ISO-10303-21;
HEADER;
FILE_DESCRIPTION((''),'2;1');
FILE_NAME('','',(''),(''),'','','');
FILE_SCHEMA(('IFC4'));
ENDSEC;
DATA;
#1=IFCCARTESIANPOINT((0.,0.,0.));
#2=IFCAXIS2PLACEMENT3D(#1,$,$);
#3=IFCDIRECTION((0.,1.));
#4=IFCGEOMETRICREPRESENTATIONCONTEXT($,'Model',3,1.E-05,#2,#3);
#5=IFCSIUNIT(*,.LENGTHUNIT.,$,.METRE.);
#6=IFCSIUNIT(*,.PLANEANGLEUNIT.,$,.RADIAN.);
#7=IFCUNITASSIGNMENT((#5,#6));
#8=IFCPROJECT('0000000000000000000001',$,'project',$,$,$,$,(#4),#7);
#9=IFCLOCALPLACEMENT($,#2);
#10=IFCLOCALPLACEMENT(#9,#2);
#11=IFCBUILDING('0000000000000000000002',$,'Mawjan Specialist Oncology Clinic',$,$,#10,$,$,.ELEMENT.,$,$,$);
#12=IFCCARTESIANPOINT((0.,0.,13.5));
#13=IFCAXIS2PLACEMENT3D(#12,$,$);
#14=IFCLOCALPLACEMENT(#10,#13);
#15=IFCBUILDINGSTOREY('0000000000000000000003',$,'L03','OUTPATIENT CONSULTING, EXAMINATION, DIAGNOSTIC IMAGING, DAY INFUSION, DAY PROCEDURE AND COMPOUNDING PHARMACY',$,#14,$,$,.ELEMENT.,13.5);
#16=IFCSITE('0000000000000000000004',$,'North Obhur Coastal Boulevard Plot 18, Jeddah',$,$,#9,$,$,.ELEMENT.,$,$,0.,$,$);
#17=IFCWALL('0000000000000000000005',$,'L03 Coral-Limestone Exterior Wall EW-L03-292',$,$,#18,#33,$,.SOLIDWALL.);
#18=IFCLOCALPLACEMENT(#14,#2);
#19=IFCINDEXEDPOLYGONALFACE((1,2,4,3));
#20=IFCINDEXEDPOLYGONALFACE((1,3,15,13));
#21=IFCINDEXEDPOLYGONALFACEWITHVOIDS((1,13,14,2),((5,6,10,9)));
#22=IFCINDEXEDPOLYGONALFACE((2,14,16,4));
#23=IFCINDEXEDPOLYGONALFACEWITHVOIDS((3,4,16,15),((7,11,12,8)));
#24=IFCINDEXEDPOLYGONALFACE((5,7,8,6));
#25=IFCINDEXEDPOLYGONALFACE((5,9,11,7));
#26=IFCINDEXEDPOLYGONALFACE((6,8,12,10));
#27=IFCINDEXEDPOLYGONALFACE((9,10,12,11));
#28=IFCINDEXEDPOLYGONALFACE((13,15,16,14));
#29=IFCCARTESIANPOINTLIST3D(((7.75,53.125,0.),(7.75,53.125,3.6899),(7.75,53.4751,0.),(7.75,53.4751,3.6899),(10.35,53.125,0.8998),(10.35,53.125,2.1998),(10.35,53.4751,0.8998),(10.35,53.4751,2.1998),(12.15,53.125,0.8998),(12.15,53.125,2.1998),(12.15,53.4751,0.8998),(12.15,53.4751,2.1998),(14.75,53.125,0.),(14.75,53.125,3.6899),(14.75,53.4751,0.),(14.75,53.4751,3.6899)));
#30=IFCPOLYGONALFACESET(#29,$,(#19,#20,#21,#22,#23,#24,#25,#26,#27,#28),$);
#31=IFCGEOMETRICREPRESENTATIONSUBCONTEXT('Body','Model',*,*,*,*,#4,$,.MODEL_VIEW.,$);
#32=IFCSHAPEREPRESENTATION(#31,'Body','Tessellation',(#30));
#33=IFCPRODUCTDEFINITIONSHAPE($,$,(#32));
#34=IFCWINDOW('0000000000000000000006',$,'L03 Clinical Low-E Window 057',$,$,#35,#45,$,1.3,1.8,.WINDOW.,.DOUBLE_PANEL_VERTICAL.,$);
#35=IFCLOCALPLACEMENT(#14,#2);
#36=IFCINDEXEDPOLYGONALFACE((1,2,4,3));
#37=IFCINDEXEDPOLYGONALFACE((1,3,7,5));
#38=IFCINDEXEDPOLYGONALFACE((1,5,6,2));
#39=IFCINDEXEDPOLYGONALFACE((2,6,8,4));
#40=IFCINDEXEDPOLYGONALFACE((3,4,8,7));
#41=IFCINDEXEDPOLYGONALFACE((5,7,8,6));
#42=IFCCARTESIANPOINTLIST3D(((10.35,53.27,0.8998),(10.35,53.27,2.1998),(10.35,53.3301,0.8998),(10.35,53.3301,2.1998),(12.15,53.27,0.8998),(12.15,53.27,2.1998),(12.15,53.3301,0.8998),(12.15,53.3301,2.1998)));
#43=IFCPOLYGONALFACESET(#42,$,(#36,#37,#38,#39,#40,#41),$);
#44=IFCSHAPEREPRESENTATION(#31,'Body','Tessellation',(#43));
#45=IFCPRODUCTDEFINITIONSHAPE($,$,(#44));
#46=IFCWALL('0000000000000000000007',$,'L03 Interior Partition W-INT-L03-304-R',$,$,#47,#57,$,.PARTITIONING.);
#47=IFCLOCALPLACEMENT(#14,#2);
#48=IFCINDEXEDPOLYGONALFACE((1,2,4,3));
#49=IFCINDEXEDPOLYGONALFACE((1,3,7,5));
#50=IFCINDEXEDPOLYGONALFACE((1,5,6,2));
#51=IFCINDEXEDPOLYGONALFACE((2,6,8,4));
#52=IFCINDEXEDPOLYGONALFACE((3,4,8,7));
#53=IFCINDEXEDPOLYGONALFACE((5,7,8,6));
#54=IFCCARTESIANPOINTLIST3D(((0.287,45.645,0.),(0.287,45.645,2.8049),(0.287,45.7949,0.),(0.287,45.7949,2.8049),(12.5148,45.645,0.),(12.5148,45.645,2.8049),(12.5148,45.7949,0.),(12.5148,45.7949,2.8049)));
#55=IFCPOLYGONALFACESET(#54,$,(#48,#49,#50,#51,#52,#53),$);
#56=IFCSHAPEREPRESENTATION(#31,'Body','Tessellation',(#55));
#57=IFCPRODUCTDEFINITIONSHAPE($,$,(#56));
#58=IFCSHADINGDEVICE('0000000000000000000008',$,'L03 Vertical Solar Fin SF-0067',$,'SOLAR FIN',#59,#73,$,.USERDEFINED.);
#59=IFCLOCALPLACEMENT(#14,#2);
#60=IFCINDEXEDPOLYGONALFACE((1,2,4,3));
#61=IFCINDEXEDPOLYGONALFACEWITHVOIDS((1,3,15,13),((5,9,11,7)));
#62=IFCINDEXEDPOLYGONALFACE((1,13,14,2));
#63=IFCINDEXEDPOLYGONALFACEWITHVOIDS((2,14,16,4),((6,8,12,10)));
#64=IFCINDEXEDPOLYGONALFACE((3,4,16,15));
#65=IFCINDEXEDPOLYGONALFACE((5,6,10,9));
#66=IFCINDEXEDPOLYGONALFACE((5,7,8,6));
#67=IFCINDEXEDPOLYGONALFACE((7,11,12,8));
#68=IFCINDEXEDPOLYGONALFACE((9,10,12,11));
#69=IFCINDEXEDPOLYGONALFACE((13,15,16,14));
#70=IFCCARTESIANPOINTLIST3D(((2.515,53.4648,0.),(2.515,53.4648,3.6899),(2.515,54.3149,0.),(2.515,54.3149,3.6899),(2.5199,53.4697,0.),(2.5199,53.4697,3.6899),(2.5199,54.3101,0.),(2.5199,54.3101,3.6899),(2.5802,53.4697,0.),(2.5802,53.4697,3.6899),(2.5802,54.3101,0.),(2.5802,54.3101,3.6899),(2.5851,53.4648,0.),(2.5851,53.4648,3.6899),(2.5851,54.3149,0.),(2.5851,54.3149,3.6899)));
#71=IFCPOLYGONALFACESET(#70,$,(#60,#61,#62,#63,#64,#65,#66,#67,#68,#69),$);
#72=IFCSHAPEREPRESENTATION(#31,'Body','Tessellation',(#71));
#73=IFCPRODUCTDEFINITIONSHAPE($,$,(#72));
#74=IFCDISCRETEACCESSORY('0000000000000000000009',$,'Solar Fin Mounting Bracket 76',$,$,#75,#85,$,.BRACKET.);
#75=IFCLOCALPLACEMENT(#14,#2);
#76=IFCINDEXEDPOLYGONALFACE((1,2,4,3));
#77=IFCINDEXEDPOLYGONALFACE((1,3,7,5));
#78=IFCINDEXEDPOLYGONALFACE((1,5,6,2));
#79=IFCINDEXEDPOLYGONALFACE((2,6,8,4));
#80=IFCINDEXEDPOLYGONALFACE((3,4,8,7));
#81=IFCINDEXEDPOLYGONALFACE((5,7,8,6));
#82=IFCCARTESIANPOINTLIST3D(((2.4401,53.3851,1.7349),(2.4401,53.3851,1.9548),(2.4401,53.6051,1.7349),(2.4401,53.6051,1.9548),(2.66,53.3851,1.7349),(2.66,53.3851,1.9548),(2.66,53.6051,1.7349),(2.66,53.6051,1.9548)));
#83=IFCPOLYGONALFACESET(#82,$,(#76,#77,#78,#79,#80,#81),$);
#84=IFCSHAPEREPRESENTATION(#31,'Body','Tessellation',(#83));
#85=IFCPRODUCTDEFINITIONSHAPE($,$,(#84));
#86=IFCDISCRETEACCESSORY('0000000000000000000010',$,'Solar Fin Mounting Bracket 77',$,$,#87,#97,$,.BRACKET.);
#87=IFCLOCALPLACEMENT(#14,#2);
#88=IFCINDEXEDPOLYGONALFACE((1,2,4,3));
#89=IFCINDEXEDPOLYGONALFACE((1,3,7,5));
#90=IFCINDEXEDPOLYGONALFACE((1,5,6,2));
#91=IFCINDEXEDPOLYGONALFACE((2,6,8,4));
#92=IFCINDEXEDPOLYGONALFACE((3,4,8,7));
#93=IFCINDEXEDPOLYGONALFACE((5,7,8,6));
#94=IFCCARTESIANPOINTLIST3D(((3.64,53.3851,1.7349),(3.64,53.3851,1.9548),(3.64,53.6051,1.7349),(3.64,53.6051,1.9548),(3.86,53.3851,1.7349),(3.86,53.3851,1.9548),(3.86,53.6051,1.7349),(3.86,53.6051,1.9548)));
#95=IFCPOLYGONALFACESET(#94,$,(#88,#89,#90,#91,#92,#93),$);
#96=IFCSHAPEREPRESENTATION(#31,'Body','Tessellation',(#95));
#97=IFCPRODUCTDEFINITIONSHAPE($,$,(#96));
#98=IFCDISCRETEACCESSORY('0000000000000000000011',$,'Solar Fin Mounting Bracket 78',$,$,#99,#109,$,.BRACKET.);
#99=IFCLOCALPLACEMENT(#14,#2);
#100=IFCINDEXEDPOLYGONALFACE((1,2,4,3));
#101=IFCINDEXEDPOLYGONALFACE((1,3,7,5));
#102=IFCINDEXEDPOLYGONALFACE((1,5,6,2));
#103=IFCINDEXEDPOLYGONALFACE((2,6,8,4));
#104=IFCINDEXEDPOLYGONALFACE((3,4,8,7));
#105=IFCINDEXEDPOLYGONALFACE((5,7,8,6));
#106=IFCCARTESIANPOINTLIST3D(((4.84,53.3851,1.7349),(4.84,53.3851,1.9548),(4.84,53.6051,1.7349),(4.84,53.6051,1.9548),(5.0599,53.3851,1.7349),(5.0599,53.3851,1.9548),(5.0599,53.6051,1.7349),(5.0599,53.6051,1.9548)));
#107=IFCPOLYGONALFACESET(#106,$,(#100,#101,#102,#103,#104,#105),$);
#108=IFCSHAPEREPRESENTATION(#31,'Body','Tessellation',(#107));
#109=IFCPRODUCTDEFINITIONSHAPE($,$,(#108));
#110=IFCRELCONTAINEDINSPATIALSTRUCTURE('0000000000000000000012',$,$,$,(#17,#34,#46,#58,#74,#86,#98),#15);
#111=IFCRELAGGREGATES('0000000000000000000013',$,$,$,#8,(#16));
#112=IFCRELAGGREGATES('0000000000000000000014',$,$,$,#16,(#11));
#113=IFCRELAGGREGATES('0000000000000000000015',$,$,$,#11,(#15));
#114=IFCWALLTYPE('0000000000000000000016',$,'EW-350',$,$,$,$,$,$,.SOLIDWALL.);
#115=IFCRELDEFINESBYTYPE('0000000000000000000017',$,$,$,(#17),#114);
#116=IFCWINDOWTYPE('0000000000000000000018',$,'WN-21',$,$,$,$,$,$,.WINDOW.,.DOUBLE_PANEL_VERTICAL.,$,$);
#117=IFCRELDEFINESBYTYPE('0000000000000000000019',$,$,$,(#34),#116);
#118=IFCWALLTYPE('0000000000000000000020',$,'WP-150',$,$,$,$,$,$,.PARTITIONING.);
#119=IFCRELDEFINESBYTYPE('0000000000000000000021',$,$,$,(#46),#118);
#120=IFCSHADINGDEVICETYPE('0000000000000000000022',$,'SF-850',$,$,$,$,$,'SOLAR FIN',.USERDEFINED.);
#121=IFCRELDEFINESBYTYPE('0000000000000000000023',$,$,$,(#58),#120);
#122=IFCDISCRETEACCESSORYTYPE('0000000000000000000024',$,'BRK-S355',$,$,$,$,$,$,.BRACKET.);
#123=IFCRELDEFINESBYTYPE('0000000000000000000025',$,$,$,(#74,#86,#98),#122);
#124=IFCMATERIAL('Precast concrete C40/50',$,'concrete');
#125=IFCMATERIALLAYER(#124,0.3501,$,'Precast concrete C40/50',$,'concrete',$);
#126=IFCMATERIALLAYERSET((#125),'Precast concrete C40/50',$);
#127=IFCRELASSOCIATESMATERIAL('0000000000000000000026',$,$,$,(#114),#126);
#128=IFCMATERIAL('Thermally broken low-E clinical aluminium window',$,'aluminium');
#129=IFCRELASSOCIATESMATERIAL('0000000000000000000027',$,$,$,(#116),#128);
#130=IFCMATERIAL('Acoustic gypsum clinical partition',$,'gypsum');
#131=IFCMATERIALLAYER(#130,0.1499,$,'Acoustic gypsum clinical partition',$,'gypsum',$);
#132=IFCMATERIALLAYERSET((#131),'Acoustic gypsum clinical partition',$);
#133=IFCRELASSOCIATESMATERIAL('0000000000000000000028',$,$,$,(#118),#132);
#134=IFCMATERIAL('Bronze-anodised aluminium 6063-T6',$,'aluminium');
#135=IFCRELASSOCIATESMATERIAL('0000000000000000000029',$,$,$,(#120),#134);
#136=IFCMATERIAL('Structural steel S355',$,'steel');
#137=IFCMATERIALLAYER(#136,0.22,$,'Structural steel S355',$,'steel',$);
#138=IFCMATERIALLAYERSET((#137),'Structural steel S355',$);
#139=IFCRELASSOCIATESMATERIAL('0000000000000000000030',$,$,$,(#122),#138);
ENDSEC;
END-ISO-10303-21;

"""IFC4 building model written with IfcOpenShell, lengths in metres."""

from ifc_helpers import new_model, si_unit, direction, frame, frame_2d, origin, origin_2d, place, context, subcontext, project, spatial, rectangle, hollow_rectangle, extrude, material, layer, layer_set, material_profile, profile_set, type_object, element, fill, save


model = new_model("IFC4")

# Units and contexts
model_context = context("Model", 3, precision=1e-05, world=origin(), true_north=direction((0.0, 1.0)))
body_context = subcontext(model_context, "Body", "Model", "MODEL_VIEW")
ifc_project = project(units=[si_unit("LENGTHUNIT", "METRE"), si_unit("PLANEANGLEUNIT", "RADIAN")], contexts=[model_context])

# Site, building, storey
site_placement = place(None, origin())
site = spatial("IfcSite", under=ifc_project, at=site_placement, Name="North Obhur Coastal Boulevard Plot 18, Jeddah", CompositionType="ELEMENT", RefElevation=0.0)
building_placement = place(site_placement, origin())
building = spatial("IfcBuilding", under=site, at=building_placement, Name="Mawjan Specialist Oncology Clinic", CompositionType="ELEMENT")
storey_placement = place(building_placement, frame((0.0, 0.0, 13.5)))
storey = spatial("IfcBuildingStorey", under=building, at=storey_placement, Name="L03", Description="OUTPATIENT CONSULTING, EXAMINATION, DIAGNOSTIC IMAGING, DAY INFUSION, DAY PROCEDURE AND COMPOUNDING PHARMACY", CompositionType="ELEMENT", Elevation=13.5)

# Shared definitions
ifc_material_1 = material(Name="Precast concrete C40/50", Category="concrete")
ifc_layer_1 = layer(ifc_material_1, 0.3501, Name="Precast concrete C40/50", Category="concrete")
ifc_layer_set_1 = layer_set([ifc_layer_1], Name="Precast concrete C40/50")
wall_type_1 = type_object("IfcWallType", Name="EW-350", PredefinedType="SOLIDWALL", material=ifc_layer_set_1)

# Wall, opening, window
wall_1_placement = place(storey_placement, frame((7.75, 53.3, 0.0), z_axis=(0.0, 0.0, 1.0), x_axis=(1.0, 0.0, 0.0)))
wall_1 = element("IfcWall", 1, at=wall_1_placement, inside=storey, type_object=wall_type_1, Name="L03 Coral-Limestone Exterior Wall EW-L03-292", PredefinedType="SOLIDWALL", context=body_context, shape_type="SweptSolid", body=[
    extrude(rectangle(XDim=7.0, YDim=0.3501, at=frame_2d((3.5, 0.0))), origin(), (0.0, 0.0, 1.0), 3.6899),
])
opening_1_placement = place(wall_1_placement, frame((2.6001, 0.0, 0.8999)))
opening_1 = element("IfcOpeningElement", 2, at=opening_1_placement, cuts=wall_1, PredefinedType="OPENING", context=body_context, shape_type="SweptSolid", body=[
    extrude(rectangle(XDim=1.8, YDim=1.3, at=frame_2d((0.8999, 0.6499))), frame((0.0, 0.187, 0.0), z_axis=(0.0, -1.0, 0.0), x_axis=(1.0, 0.0, 0.0)), (0.0, 0.0, 1.0), 0.374),
])
ifc_material_2 = material(Name="Thermally broken low-E clinical aluminium window", Category="aluminium")
window_type_1 = type_object("IfcWindowType", Name="WN-21", PartitioningType="DOUBLE_PANEL_VERTICAL", PredefinedType="WINDOW", material=ifc_material_2)
window_1_placement = place(opening_1_placement, origin())
window_1 = element("IfcWindow", 3, at=window_1_placement, inside=storey, type_object=window_type_1, Name="L03 Clinical Low-E Window 057", OverallHeight=1.3, OverallWidth=1.8, PartitioningType="DOUBLE_PANEL_VERTICAL", PredefinedType="WINDOW", context=body_context, shape_type="SweptSolid", body=[
    extrude(rectangle(XDim=1.8, YDim=1.3, at=frame_2d((0.8999, 0.6499))), frame((0.0, 0.03, 0.0), z_axis=(0.0, -1.0, 0.0), x_axis=(1.0, 0.0, 0.0)), (0.0, 0.0, 1.0), 0.0601),
])
fill(opening_1, window_1)

# Wall
ifc_material_3 = material(Name="Acoustic gypsum clinical partition", Category="gypsum")
ifc_layer_2 = layer(ifc_material_3, 0.1499, Name="Acoustic gypsum clinical partition", Category="gypsum")
ifc_layer_set_2 = layer_set([ifc_layer_2], Name="Acoustic gypsum clinical partition")
wall_type_2 = type_object("IfcWallType", Name="WP-150", PredefinedType="PARTITIONING", material=ifc_layer_set_2)
wall_2_placement = place(storey_placement, frame((0.2871, 45.72, 0.0), z_axis=(0.0, 0.0, 1.0), x_axis=(1.0, 0.0, 0.0)))
element("IfcWall", 4, at=wall_2_placement, inside=storey, type_object=wall_type_2, Name="L03 Interior Partition W-INT-L03-304-R", PredefinedType="PARTITIONING", context=body_context, shape_type="SweptSolid", body=[
    extrude(rectangle(XDim=12.2278, YDim=0.1499, at=frame_2d((6.1138, 0.0))), origin(), (0.0, 0.0, 1.0), 2.8049),
])

# Shading device
ifc_material_4 = material(Name="Bronze-anodised aluminium 6063-T6", Category="aluminium")
ifc_material_profile_1 = material_profile(ifc_material_4, hollow_rectangle(XDim=0.0701, YDim=0.8501, WallThickness=0.0049, at=origin_2d()), Name="FIN 850x70x5", Category="aluminium")
ifc_profile_set_1 = profile_set([ifc_material_profile_1], Name="Bronze-anodised aluminium 6063-T6")
shading_device_type = type_object("IfcShadingDeviceType", Name="SF-850", ElementType="SOLAR FIN", PredefinedType="USERDEFINED", material=ifc_profile_set_1)
shading_device_placement = place(storey_placement, frame((2.55, 53.8899, 0.0), z_axis=(0.0, 0.0, 1.0), x_axis=(1.0, 0.0, 0.0)))
element("IfcShadingDevice", 5, at=shading_device_placement, inside=storey, type_object=shading_device_type, Name="L03 Vertical Solar Fin SF-0067", ObjectType="SOLAR FIN", PredefinedType="USERDEFINED", context=body_context, shape_type="SweptSolid", body=[
    extrude(hollow_rectangle(XDim=0.0701, YDim=0.8501, WallThickness=0.0049, at=origin_2d()), origin(), (0.0, 0.0, 1.0), 3.6899),
])

# Discrete accessories
ifc_material_5 = material(Name="Structural steel S355", Category="steel")
ifc_layer_3 = layer(ifc_material_5, 0.22, Name="Structural steel S355", Category="steel")
ifc_layer_set_3 = layer_set([ifc_layer_3], Name="Structural steel S355")
discrete_accessory_type = type_object("IfcDiscreteAccessoryType", Name="BRK-S355", PredefinedType="BRACKET", material=ifc_layer_set_3)
for number, where, z_axis, x_axis, name in (
    (6, (2.55, 53.4951, 1.7349), (0.0, 0.0, 1.0), (1.0, 0.0, 0.0), "Solar Fin Mounting Bracket 76"),
    (7, (3.75, 53.4951, 1.7349), (0.0, 0.0, 1.0), (1.0, 0.0, 0.0), "Solar Fin Mounting Bracket 77"),
    (8, (4.95, 53.4951, 1.7349), (0.0, 0.0, 1.0), (1.0, 0.0, 0.0), "Solar Fin Mounting Bracket 78"),
):
    element("IfcDiscreteAccessory", number, at=place(storey_placement, frame(where, z_axis=z_axis, x_axis=x_axis)), inside=storey, type_object=discrete_accessory_type, Name=name, PredefinedType="BRACKET", context=body_context, shape_type="SweptSolid", body=[
        extrude(rectangle(XDim=0.22, YDim=0.22, at=origin_2d()), origin(), (0.0, 0.0, 1.0), 0.22),
    ])

save(model, "model.ifc")
